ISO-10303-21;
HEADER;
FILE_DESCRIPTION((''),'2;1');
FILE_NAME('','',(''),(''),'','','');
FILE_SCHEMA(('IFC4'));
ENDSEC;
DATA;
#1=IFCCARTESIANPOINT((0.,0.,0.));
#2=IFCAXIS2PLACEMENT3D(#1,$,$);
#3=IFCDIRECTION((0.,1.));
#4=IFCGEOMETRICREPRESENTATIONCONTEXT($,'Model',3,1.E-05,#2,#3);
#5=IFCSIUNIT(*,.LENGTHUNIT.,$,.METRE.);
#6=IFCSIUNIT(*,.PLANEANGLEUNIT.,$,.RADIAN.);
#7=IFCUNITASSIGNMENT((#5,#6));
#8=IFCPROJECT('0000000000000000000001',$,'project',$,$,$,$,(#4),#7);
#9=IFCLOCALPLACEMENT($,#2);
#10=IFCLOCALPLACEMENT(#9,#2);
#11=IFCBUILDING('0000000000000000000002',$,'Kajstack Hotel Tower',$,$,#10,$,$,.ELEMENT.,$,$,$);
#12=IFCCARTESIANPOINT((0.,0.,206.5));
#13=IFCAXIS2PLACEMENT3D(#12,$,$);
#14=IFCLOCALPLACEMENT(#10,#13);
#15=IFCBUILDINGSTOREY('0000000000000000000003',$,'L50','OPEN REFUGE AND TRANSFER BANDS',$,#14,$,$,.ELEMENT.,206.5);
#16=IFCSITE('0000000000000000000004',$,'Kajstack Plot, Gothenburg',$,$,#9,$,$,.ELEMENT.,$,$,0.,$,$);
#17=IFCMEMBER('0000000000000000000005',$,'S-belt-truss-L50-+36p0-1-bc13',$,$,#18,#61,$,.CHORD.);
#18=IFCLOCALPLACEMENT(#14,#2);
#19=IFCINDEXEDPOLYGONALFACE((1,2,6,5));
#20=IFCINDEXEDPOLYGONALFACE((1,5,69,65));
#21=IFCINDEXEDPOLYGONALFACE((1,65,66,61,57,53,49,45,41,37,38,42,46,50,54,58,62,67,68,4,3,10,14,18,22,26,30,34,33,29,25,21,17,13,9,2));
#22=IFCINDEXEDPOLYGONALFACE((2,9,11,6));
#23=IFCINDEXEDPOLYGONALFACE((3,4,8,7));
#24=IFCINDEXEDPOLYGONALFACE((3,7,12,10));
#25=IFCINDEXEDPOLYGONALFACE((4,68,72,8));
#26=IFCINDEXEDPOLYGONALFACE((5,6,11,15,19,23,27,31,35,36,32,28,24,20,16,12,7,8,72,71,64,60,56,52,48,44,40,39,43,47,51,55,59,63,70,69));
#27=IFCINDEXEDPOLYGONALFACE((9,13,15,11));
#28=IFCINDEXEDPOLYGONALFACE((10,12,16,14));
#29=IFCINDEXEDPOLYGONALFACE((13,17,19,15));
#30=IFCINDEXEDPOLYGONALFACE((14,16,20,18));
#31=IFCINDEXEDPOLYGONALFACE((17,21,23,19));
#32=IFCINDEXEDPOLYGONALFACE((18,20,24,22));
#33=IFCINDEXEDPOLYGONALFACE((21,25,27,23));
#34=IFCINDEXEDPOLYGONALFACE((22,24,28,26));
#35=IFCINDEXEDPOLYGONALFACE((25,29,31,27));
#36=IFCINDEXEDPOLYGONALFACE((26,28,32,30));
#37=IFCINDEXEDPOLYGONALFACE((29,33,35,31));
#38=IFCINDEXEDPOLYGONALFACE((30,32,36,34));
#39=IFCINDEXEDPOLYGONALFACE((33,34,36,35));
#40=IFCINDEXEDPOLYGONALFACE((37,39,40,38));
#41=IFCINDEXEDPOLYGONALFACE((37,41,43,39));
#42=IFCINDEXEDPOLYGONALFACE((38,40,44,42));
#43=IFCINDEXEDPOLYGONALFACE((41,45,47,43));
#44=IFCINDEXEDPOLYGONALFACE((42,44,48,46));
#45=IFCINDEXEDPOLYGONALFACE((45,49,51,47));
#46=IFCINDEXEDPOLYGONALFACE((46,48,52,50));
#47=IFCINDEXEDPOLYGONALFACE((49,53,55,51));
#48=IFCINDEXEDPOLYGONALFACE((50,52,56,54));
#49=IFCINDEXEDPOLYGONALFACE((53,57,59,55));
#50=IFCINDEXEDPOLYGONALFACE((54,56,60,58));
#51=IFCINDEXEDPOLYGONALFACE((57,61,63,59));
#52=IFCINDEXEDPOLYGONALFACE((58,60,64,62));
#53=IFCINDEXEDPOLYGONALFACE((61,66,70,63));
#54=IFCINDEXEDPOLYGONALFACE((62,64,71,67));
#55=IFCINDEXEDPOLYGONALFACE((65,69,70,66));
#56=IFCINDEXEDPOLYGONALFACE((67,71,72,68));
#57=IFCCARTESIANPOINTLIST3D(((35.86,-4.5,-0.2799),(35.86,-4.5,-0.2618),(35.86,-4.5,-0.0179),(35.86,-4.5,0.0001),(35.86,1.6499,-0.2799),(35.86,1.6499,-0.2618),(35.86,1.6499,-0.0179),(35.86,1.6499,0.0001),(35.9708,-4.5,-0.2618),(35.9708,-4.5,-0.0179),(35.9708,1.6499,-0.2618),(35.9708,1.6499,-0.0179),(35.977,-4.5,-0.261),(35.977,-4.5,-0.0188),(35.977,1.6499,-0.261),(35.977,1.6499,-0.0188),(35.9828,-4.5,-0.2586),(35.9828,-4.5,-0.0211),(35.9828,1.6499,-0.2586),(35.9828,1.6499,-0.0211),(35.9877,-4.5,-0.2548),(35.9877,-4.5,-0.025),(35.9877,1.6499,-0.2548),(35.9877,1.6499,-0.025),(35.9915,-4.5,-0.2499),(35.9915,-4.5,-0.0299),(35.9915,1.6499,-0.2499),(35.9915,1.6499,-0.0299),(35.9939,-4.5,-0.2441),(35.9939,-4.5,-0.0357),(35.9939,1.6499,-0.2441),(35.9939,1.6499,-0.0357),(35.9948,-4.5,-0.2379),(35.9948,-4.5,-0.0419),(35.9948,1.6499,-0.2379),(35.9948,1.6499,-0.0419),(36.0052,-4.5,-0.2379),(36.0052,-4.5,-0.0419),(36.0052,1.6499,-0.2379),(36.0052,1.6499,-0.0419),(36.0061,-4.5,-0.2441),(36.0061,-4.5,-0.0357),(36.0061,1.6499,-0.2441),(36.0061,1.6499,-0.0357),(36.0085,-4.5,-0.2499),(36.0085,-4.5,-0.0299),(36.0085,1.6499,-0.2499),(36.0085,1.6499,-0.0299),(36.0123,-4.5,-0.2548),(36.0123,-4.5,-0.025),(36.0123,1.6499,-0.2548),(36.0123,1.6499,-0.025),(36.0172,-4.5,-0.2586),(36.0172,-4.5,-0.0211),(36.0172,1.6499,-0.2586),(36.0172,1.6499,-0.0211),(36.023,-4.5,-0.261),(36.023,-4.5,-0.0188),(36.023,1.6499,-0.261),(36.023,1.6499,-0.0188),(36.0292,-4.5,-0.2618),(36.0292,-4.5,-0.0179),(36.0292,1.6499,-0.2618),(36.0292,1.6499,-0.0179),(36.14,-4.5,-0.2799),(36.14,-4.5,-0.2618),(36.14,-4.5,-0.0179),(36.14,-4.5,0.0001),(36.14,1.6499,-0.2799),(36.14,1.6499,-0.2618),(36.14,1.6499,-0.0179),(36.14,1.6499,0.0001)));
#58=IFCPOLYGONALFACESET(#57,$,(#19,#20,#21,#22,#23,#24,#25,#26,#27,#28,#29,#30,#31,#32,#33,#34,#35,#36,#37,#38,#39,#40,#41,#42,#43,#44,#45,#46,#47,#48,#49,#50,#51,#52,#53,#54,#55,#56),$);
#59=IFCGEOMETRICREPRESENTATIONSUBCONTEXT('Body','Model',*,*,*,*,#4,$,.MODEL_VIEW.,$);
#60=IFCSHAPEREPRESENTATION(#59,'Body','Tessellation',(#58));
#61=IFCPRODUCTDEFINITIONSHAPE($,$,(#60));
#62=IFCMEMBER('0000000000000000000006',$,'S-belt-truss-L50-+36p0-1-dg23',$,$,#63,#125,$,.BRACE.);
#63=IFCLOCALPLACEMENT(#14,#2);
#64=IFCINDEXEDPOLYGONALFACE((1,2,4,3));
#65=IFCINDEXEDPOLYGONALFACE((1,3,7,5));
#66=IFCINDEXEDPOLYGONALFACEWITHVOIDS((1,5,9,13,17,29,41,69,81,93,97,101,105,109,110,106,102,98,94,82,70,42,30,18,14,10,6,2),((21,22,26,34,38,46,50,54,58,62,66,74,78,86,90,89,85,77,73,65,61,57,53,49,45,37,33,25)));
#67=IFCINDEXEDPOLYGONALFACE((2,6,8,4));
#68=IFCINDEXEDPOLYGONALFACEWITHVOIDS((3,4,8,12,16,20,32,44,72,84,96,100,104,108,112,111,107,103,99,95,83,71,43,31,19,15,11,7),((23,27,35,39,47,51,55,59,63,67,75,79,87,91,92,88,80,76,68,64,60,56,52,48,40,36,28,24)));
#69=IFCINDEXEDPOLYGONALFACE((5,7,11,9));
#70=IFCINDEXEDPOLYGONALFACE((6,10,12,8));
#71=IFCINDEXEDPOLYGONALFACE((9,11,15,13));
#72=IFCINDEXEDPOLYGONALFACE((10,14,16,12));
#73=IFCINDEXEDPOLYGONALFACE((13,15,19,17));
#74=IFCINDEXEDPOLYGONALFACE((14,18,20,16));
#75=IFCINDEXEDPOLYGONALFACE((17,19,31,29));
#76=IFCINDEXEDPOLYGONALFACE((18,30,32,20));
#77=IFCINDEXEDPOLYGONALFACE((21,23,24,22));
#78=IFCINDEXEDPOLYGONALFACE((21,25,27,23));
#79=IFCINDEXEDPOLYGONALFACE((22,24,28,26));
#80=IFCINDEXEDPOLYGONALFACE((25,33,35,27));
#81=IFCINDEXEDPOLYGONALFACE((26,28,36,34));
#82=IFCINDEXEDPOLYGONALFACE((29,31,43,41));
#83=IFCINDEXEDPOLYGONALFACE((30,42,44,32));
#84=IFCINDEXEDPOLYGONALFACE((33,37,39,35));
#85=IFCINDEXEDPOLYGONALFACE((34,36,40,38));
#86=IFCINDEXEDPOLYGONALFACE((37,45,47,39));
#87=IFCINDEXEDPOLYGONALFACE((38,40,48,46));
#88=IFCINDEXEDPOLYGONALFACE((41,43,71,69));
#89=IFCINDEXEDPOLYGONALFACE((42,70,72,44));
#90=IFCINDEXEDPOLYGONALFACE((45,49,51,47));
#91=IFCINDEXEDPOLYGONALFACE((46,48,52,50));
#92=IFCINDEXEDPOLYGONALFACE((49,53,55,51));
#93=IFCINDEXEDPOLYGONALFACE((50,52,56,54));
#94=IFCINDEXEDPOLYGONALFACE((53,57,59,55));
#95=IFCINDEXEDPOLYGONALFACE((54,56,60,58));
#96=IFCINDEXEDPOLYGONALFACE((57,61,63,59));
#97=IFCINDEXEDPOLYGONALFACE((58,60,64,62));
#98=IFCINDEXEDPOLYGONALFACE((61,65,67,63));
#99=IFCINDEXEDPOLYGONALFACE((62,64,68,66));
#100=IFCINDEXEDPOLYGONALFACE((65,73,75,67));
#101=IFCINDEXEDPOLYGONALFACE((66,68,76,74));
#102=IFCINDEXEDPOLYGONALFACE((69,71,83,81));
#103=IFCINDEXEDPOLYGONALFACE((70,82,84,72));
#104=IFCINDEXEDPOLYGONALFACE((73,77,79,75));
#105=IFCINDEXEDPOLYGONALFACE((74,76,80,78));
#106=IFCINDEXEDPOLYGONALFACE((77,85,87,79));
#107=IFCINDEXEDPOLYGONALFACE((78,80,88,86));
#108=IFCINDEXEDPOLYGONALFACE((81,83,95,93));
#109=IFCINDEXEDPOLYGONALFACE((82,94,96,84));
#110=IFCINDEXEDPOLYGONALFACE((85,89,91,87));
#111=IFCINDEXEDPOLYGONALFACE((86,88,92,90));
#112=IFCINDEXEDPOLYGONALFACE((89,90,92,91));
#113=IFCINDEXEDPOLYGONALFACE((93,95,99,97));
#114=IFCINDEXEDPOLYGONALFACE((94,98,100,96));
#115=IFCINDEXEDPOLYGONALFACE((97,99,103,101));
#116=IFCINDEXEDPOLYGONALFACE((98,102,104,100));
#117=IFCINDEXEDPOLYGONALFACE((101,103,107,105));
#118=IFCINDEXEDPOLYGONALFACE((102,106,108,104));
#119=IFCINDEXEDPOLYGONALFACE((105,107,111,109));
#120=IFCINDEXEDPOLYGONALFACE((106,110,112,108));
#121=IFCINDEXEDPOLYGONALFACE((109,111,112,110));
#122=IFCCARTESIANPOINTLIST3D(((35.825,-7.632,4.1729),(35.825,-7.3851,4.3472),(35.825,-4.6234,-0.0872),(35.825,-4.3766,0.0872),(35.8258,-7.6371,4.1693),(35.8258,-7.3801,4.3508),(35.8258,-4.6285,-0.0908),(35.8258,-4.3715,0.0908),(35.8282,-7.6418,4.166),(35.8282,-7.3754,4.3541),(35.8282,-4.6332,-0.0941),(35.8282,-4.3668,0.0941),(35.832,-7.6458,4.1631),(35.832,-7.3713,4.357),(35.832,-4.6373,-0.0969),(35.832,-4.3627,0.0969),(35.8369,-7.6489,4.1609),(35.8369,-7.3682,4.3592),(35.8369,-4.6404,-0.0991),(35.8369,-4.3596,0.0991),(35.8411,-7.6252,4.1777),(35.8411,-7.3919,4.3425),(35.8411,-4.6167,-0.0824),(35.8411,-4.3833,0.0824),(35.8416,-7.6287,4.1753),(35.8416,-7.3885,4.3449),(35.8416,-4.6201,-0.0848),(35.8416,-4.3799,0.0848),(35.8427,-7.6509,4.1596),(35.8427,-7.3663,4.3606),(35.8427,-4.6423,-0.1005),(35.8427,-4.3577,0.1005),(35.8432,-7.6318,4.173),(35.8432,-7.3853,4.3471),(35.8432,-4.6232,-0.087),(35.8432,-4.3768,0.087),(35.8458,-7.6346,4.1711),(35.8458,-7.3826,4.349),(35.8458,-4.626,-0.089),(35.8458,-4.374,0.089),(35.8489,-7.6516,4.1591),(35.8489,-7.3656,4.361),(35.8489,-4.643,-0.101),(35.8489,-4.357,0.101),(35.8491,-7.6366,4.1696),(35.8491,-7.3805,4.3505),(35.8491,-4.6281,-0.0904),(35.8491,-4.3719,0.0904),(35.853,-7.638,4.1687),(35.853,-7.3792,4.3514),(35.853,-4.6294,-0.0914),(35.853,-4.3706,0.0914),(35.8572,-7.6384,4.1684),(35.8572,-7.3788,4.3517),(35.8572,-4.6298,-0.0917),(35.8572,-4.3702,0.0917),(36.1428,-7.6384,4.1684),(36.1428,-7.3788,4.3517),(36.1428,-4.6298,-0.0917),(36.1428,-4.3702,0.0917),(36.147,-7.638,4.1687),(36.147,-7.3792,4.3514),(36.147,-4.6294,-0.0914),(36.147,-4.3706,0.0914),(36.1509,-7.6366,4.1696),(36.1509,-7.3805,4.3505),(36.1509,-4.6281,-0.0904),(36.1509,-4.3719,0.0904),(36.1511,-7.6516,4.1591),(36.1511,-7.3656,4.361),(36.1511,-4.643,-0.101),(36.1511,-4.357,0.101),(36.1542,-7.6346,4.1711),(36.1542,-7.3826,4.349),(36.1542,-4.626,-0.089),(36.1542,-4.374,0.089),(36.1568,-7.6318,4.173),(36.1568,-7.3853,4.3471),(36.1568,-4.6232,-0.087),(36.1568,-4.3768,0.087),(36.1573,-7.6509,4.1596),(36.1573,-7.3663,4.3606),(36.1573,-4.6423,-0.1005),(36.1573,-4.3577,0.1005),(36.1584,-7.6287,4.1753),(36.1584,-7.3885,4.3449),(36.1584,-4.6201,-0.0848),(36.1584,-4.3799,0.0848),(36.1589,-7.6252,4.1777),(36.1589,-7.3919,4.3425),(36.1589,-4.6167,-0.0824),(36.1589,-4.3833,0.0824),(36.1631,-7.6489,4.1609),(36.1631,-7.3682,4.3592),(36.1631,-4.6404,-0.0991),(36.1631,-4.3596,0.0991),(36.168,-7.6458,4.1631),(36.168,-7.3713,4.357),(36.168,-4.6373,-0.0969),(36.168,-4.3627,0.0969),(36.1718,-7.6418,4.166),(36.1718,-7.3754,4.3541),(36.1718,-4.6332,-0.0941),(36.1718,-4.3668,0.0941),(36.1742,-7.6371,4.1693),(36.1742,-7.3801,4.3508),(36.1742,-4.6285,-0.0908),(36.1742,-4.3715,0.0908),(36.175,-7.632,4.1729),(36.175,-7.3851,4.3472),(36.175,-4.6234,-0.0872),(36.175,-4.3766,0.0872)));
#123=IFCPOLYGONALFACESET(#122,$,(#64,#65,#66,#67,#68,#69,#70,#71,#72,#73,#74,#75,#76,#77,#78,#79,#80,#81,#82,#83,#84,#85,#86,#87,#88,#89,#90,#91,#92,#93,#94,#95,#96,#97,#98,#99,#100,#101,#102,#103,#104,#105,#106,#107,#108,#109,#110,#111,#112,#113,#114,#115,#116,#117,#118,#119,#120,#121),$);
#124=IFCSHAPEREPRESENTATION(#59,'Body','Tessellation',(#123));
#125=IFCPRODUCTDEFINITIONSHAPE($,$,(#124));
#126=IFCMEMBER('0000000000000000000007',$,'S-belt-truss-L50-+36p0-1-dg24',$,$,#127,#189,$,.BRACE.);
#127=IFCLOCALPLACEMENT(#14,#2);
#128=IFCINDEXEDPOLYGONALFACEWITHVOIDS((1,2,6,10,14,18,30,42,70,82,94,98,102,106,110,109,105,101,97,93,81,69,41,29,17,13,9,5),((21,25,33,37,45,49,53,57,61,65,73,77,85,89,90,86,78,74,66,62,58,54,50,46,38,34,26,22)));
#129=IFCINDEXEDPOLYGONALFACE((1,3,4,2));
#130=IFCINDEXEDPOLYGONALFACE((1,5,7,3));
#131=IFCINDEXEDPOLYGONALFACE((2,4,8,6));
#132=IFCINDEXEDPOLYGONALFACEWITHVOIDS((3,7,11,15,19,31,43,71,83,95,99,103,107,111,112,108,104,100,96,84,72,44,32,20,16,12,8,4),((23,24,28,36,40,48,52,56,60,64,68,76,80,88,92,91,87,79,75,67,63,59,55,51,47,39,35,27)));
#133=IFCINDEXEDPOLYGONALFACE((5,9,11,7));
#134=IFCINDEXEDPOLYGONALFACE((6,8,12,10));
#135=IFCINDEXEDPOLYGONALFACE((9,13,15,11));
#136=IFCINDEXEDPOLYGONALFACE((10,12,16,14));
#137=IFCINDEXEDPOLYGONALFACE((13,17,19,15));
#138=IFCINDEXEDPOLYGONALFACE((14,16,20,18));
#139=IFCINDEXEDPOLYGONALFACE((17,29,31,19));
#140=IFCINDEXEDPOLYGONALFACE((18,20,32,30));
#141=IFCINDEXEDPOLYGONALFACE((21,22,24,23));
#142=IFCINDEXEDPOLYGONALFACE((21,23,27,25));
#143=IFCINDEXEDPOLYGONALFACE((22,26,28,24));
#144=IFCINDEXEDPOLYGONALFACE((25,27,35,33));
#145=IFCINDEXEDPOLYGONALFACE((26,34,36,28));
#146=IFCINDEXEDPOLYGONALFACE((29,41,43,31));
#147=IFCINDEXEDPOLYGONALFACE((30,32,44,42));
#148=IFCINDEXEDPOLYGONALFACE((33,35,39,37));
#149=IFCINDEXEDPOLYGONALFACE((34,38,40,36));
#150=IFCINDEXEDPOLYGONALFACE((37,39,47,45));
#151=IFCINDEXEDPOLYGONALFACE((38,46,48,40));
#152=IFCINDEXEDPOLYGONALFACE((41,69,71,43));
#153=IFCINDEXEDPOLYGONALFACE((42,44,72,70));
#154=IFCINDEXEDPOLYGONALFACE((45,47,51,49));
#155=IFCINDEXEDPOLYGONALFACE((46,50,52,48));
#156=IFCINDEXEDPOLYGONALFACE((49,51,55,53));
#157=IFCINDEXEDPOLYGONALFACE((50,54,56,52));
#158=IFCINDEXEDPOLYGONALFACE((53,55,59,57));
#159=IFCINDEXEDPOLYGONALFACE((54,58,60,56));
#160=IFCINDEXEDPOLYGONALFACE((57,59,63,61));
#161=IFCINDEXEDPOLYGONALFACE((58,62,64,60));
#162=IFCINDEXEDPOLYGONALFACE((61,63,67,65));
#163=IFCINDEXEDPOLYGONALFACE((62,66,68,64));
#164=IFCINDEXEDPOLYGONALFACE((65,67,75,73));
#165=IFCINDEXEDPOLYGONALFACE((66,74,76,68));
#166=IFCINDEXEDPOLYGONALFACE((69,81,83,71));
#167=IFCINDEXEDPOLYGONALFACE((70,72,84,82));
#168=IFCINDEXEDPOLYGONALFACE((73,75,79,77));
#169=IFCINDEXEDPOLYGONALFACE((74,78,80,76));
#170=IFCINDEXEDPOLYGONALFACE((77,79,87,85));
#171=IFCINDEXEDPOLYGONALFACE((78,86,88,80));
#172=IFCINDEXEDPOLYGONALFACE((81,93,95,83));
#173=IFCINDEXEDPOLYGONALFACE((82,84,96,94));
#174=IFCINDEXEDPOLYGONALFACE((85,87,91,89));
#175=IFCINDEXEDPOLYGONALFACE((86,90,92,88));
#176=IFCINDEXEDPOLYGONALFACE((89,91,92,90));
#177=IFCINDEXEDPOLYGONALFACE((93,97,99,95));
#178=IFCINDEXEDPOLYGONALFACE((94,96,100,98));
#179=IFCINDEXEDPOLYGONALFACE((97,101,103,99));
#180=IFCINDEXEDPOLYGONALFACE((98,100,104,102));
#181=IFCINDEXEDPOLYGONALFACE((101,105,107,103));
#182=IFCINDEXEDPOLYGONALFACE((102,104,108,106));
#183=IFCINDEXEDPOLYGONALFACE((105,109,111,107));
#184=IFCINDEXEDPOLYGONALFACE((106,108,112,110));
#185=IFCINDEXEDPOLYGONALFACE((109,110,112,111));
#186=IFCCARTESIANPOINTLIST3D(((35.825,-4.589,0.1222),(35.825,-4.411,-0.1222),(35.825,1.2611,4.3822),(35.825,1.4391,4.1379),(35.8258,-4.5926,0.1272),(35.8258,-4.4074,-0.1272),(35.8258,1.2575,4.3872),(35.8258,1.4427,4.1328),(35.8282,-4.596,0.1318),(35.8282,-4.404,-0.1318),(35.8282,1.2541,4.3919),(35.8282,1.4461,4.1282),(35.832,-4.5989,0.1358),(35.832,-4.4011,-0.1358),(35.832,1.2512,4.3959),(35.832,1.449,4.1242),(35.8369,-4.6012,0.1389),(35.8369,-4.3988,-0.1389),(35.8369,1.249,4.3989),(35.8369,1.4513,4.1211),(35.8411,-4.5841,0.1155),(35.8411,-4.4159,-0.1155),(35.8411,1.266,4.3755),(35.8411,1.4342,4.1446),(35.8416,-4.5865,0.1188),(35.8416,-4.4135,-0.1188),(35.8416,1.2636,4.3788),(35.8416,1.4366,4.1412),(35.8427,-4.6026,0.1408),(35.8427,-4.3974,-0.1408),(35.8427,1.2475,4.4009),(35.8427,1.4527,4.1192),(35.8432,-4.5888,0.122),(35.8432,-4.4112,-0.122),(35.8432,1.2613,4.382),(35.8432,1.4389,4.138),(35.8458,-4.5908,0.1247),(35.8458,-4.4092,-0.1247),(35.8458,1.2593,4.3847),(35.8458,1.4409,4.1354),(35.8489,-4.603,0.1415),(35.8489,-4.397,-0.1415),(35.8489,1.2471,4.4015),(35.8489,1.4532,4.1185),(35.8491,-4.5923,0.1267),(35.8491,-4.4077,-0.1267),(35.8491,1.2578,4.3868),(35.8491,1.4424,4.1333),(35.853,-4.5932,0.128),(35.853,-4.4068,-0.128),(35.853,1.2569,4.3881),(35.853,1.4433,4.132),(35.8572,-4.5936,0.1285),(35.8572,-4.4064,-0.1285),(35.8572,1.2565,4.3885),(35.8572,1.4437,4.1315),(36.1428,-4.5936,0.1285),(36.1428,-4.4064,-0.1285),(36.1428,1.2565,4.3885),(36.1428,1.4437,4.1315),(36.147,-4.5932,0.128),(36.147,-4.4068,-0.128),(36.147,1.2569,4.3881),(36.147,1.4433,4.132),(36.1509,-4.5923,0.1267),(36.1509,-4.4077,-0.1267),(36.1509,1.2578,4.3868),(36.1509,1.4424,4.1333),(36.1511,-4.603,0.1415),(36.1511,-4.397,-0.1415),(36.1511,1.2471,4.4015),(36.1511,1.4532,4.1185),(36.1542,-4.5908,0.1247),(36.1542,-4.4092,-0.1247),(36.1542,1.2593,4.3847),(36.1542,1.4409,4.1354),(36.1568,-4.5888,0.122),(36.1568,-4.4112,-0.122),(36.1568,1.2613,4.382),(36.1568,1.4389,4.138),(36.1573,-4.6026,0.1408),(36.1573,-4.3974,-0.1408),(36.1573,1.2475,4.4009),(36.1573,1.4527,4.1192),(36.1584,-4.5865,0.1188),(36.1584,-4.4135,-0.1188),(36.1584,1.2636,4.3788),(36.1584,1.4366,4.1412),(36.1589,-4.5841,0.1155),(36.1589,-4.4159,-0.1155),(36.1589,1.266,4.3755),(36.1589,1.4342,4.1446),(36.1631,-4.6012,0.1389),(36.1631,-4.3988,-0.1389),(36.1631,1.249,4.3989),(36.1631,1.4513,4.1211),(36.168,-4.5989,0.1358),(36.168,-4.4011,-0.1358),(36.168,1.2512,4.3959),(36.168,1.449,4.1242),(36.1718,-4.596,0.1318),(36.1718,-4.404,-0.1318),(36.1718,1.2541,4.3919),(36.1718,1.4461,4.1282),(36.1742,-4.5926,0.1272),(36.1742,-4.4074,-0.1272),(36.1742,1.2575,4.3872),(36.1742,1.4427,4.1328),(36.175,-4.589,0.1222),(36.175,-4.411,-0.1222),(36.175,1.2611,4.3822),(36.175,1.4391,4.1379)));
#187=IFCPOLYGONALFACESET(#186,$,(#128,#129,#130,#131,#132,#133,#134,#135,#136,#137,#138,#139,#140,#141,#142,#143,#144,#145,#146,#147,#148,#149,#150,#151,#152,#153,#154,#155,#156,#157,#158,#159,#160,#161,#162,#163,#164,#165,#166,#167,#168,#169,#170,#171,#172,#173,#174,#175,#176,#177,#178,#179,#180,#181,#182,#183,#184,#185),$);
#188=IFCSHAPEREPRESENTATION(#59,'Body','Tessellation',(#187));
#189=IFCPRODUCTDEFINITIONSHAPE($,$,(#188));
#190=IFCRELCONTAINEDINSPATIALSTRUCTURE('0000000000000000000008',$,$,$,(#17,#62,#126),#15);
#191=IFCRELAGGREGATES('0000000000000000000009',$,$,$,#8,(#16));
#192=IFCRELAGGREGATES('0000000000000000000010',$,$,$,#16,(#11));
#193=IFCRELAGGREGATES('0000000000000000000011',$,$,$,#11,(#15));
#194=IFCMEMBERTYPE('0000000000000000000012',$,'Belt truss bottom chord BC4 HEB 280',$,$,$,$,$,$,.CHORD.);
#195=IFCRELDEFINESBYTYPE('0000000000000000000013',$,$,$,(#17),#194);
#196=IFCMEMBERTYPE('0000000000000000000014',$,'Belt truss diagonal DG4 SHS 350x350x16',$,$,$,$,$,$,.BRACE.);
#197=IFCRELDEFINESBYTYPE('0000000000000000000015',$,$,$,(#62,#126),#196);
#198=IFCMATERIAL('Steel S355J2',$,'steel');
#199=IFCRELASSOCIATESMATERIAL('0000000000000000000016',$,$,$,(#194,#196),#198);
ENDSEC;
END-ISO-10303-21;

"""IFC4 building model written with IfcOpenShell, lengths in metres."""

from ifc_helpers import new_model, si_unit, direction, frame, origin, origin_2d, place, context, subcontext, project, spatial, hollow_rectangle, i_section, extrude, material, material_profile, profile_set, type_object, element, save


model = new_model("IFC4")

# Units and contexts
model_context = context("Model", 3, precision=1e-05, world=origin(), true_north=direction((0.0, 1.0)))
body_context = subcontext(model_context, "Body", "Model", "MODEL_VIEW")
ifc_project = project(units=[si_unit("LENGTHUNIT", "METRE"), si_unit("PLANEANGLEUNIT", "RADIAN")], contexts=[model_context])

# Site, building, storey
site_placement = place(None, origin())
site = spatial("IfcSite", under=ifc_project, at=site_placement, Name="Kajstack Plot, Gothenburg", CompositionType="ELEMENT", RefElevation=0.0)
building_placement = place(site_placement, origin())
building = spatial("IfcBuilding", under=site, at=building_placement, Name="Kajstack Hotel Tower", CompositionType="ELEMENT")
storey_placement = place(building_placement, frame((0.0, 0.0, 206.5)))
storey = spatial("IfcBuildingStorey", under=building, at=storey_placement, Name="L50", Description="OPEN REFUGE AND TRANSFER BANDS", CompositionType="ELEMENT", Elevation=206.5)

# Members
ifc_material = material(Name="Steel S355J2", Category="steel")
ifc_material_profile_1 = material_profile(ifc_material, i_section(OverallWidth=0.28, OverallDepth=0.28, WebThickness=0.0105, FlangeThickness=0.0181, FilletRadius=0.0239, at=origin_2d()), Name="HEB 280")
ifc_profile_set_1 = profile_set([ifc_material_profile_1], Name="Steel S355J2")
member_type_1 = type_object("IfcMemberType", Name="Belt truss bottom chord BC4 HEB 280", PredefinedType="CHORD", material=ifc_profile_set_1)
member_1_placement = place(storey_placement, frame((36.0, -4.5, -0.1399), z_axis=(0.0, 1.0, 0.0), x_axis=(-1.0, 0.0, 0.0)))
element("IfcMember", 1, at=member_1_placement, inside=storey, type_object=member_type_1, Name="S-belt-truss-L50-+36p0-1-bc13", PredefinedType="CHORD", context=body_context, shape_type="SweptSolid", body=[
    extrude(i_section(OverallWidth=0.28, OverallDepth=0.28, WebThickness=0.0105, FlangeThickness=0.0181, FilletRadius=0.0239, at=origin_2d()), origin(), (0.0, 0.0, 1.0), 6.1499),
])
ifc_material_profile_2 = material_profile(ifc_material, hollow_rectangle(XDim=0.3501, YDim=0.3501, WallThickness=0.0161, InnerFilletRadius=0.0161, OuterFilletRadius=0.0239, at=origin_2d()), Name="SHS 350x350x16")
ifc_profile_set_2 = profile_set([ifc_material_profile_2], Name="Steel S355J2")
member_type_2 = type_object("IfcMemberType", Name="Belt truss diagonal DG4 SHS 350x350x16", PredefinedType="BRACE", material=ifc_profile_set_2)
member_2_placement = place(storey_placement, frame((36.0, -4.5, 0.0), z_axis=(0.0, -0.576872, 0.816834), x_axis=(1.0, 0.0, 0.0)))
element("IfcMember", 2, at=member_2_placement, inside=storey, type_object=member_type_2, Name="S-belt-truss-L50-+36p0-1-dg23", PredefinedType="BRACE", context=body_context, shape_type="SweptSolid", body=[
    extrude(hollow_rectangle(XDim=0.3501, YDim=0.3501, WallThickness=0.0161, InnerFilletRadius=0.0161, OuterFilletRadius=0.0239, at=origin_2d()), origin(), (0.0, 0.0, 1.0), 5.2153),
])
member_3_placement = place(storey_placement, frame((36.0, -4.5, 0.0), z_axis=(0.0, 0.808381, 0.588659), x_axis=(-1.0, 0.0, 0.0)))
element("IfcMember", 3, at=member_3_placement, inside=storey, type_object=member_type_2, Name="S-belt-truss-L50-+36p0-1-dg24", PredefinedType="BRACE", context=body_context, shape_type="SweptSolid", body=[
    extrude(hollow_rectangle(XDim=0.3501, YDim=0.3501, WallThickness=0.0161, InnerFilletRadius=0.0161, OuterFilletRadius=0.0239, at=origin_2d()), origin(), (0.0, 0.0, 1.0), 7.2368),
])

save(model, "model.ifc")
